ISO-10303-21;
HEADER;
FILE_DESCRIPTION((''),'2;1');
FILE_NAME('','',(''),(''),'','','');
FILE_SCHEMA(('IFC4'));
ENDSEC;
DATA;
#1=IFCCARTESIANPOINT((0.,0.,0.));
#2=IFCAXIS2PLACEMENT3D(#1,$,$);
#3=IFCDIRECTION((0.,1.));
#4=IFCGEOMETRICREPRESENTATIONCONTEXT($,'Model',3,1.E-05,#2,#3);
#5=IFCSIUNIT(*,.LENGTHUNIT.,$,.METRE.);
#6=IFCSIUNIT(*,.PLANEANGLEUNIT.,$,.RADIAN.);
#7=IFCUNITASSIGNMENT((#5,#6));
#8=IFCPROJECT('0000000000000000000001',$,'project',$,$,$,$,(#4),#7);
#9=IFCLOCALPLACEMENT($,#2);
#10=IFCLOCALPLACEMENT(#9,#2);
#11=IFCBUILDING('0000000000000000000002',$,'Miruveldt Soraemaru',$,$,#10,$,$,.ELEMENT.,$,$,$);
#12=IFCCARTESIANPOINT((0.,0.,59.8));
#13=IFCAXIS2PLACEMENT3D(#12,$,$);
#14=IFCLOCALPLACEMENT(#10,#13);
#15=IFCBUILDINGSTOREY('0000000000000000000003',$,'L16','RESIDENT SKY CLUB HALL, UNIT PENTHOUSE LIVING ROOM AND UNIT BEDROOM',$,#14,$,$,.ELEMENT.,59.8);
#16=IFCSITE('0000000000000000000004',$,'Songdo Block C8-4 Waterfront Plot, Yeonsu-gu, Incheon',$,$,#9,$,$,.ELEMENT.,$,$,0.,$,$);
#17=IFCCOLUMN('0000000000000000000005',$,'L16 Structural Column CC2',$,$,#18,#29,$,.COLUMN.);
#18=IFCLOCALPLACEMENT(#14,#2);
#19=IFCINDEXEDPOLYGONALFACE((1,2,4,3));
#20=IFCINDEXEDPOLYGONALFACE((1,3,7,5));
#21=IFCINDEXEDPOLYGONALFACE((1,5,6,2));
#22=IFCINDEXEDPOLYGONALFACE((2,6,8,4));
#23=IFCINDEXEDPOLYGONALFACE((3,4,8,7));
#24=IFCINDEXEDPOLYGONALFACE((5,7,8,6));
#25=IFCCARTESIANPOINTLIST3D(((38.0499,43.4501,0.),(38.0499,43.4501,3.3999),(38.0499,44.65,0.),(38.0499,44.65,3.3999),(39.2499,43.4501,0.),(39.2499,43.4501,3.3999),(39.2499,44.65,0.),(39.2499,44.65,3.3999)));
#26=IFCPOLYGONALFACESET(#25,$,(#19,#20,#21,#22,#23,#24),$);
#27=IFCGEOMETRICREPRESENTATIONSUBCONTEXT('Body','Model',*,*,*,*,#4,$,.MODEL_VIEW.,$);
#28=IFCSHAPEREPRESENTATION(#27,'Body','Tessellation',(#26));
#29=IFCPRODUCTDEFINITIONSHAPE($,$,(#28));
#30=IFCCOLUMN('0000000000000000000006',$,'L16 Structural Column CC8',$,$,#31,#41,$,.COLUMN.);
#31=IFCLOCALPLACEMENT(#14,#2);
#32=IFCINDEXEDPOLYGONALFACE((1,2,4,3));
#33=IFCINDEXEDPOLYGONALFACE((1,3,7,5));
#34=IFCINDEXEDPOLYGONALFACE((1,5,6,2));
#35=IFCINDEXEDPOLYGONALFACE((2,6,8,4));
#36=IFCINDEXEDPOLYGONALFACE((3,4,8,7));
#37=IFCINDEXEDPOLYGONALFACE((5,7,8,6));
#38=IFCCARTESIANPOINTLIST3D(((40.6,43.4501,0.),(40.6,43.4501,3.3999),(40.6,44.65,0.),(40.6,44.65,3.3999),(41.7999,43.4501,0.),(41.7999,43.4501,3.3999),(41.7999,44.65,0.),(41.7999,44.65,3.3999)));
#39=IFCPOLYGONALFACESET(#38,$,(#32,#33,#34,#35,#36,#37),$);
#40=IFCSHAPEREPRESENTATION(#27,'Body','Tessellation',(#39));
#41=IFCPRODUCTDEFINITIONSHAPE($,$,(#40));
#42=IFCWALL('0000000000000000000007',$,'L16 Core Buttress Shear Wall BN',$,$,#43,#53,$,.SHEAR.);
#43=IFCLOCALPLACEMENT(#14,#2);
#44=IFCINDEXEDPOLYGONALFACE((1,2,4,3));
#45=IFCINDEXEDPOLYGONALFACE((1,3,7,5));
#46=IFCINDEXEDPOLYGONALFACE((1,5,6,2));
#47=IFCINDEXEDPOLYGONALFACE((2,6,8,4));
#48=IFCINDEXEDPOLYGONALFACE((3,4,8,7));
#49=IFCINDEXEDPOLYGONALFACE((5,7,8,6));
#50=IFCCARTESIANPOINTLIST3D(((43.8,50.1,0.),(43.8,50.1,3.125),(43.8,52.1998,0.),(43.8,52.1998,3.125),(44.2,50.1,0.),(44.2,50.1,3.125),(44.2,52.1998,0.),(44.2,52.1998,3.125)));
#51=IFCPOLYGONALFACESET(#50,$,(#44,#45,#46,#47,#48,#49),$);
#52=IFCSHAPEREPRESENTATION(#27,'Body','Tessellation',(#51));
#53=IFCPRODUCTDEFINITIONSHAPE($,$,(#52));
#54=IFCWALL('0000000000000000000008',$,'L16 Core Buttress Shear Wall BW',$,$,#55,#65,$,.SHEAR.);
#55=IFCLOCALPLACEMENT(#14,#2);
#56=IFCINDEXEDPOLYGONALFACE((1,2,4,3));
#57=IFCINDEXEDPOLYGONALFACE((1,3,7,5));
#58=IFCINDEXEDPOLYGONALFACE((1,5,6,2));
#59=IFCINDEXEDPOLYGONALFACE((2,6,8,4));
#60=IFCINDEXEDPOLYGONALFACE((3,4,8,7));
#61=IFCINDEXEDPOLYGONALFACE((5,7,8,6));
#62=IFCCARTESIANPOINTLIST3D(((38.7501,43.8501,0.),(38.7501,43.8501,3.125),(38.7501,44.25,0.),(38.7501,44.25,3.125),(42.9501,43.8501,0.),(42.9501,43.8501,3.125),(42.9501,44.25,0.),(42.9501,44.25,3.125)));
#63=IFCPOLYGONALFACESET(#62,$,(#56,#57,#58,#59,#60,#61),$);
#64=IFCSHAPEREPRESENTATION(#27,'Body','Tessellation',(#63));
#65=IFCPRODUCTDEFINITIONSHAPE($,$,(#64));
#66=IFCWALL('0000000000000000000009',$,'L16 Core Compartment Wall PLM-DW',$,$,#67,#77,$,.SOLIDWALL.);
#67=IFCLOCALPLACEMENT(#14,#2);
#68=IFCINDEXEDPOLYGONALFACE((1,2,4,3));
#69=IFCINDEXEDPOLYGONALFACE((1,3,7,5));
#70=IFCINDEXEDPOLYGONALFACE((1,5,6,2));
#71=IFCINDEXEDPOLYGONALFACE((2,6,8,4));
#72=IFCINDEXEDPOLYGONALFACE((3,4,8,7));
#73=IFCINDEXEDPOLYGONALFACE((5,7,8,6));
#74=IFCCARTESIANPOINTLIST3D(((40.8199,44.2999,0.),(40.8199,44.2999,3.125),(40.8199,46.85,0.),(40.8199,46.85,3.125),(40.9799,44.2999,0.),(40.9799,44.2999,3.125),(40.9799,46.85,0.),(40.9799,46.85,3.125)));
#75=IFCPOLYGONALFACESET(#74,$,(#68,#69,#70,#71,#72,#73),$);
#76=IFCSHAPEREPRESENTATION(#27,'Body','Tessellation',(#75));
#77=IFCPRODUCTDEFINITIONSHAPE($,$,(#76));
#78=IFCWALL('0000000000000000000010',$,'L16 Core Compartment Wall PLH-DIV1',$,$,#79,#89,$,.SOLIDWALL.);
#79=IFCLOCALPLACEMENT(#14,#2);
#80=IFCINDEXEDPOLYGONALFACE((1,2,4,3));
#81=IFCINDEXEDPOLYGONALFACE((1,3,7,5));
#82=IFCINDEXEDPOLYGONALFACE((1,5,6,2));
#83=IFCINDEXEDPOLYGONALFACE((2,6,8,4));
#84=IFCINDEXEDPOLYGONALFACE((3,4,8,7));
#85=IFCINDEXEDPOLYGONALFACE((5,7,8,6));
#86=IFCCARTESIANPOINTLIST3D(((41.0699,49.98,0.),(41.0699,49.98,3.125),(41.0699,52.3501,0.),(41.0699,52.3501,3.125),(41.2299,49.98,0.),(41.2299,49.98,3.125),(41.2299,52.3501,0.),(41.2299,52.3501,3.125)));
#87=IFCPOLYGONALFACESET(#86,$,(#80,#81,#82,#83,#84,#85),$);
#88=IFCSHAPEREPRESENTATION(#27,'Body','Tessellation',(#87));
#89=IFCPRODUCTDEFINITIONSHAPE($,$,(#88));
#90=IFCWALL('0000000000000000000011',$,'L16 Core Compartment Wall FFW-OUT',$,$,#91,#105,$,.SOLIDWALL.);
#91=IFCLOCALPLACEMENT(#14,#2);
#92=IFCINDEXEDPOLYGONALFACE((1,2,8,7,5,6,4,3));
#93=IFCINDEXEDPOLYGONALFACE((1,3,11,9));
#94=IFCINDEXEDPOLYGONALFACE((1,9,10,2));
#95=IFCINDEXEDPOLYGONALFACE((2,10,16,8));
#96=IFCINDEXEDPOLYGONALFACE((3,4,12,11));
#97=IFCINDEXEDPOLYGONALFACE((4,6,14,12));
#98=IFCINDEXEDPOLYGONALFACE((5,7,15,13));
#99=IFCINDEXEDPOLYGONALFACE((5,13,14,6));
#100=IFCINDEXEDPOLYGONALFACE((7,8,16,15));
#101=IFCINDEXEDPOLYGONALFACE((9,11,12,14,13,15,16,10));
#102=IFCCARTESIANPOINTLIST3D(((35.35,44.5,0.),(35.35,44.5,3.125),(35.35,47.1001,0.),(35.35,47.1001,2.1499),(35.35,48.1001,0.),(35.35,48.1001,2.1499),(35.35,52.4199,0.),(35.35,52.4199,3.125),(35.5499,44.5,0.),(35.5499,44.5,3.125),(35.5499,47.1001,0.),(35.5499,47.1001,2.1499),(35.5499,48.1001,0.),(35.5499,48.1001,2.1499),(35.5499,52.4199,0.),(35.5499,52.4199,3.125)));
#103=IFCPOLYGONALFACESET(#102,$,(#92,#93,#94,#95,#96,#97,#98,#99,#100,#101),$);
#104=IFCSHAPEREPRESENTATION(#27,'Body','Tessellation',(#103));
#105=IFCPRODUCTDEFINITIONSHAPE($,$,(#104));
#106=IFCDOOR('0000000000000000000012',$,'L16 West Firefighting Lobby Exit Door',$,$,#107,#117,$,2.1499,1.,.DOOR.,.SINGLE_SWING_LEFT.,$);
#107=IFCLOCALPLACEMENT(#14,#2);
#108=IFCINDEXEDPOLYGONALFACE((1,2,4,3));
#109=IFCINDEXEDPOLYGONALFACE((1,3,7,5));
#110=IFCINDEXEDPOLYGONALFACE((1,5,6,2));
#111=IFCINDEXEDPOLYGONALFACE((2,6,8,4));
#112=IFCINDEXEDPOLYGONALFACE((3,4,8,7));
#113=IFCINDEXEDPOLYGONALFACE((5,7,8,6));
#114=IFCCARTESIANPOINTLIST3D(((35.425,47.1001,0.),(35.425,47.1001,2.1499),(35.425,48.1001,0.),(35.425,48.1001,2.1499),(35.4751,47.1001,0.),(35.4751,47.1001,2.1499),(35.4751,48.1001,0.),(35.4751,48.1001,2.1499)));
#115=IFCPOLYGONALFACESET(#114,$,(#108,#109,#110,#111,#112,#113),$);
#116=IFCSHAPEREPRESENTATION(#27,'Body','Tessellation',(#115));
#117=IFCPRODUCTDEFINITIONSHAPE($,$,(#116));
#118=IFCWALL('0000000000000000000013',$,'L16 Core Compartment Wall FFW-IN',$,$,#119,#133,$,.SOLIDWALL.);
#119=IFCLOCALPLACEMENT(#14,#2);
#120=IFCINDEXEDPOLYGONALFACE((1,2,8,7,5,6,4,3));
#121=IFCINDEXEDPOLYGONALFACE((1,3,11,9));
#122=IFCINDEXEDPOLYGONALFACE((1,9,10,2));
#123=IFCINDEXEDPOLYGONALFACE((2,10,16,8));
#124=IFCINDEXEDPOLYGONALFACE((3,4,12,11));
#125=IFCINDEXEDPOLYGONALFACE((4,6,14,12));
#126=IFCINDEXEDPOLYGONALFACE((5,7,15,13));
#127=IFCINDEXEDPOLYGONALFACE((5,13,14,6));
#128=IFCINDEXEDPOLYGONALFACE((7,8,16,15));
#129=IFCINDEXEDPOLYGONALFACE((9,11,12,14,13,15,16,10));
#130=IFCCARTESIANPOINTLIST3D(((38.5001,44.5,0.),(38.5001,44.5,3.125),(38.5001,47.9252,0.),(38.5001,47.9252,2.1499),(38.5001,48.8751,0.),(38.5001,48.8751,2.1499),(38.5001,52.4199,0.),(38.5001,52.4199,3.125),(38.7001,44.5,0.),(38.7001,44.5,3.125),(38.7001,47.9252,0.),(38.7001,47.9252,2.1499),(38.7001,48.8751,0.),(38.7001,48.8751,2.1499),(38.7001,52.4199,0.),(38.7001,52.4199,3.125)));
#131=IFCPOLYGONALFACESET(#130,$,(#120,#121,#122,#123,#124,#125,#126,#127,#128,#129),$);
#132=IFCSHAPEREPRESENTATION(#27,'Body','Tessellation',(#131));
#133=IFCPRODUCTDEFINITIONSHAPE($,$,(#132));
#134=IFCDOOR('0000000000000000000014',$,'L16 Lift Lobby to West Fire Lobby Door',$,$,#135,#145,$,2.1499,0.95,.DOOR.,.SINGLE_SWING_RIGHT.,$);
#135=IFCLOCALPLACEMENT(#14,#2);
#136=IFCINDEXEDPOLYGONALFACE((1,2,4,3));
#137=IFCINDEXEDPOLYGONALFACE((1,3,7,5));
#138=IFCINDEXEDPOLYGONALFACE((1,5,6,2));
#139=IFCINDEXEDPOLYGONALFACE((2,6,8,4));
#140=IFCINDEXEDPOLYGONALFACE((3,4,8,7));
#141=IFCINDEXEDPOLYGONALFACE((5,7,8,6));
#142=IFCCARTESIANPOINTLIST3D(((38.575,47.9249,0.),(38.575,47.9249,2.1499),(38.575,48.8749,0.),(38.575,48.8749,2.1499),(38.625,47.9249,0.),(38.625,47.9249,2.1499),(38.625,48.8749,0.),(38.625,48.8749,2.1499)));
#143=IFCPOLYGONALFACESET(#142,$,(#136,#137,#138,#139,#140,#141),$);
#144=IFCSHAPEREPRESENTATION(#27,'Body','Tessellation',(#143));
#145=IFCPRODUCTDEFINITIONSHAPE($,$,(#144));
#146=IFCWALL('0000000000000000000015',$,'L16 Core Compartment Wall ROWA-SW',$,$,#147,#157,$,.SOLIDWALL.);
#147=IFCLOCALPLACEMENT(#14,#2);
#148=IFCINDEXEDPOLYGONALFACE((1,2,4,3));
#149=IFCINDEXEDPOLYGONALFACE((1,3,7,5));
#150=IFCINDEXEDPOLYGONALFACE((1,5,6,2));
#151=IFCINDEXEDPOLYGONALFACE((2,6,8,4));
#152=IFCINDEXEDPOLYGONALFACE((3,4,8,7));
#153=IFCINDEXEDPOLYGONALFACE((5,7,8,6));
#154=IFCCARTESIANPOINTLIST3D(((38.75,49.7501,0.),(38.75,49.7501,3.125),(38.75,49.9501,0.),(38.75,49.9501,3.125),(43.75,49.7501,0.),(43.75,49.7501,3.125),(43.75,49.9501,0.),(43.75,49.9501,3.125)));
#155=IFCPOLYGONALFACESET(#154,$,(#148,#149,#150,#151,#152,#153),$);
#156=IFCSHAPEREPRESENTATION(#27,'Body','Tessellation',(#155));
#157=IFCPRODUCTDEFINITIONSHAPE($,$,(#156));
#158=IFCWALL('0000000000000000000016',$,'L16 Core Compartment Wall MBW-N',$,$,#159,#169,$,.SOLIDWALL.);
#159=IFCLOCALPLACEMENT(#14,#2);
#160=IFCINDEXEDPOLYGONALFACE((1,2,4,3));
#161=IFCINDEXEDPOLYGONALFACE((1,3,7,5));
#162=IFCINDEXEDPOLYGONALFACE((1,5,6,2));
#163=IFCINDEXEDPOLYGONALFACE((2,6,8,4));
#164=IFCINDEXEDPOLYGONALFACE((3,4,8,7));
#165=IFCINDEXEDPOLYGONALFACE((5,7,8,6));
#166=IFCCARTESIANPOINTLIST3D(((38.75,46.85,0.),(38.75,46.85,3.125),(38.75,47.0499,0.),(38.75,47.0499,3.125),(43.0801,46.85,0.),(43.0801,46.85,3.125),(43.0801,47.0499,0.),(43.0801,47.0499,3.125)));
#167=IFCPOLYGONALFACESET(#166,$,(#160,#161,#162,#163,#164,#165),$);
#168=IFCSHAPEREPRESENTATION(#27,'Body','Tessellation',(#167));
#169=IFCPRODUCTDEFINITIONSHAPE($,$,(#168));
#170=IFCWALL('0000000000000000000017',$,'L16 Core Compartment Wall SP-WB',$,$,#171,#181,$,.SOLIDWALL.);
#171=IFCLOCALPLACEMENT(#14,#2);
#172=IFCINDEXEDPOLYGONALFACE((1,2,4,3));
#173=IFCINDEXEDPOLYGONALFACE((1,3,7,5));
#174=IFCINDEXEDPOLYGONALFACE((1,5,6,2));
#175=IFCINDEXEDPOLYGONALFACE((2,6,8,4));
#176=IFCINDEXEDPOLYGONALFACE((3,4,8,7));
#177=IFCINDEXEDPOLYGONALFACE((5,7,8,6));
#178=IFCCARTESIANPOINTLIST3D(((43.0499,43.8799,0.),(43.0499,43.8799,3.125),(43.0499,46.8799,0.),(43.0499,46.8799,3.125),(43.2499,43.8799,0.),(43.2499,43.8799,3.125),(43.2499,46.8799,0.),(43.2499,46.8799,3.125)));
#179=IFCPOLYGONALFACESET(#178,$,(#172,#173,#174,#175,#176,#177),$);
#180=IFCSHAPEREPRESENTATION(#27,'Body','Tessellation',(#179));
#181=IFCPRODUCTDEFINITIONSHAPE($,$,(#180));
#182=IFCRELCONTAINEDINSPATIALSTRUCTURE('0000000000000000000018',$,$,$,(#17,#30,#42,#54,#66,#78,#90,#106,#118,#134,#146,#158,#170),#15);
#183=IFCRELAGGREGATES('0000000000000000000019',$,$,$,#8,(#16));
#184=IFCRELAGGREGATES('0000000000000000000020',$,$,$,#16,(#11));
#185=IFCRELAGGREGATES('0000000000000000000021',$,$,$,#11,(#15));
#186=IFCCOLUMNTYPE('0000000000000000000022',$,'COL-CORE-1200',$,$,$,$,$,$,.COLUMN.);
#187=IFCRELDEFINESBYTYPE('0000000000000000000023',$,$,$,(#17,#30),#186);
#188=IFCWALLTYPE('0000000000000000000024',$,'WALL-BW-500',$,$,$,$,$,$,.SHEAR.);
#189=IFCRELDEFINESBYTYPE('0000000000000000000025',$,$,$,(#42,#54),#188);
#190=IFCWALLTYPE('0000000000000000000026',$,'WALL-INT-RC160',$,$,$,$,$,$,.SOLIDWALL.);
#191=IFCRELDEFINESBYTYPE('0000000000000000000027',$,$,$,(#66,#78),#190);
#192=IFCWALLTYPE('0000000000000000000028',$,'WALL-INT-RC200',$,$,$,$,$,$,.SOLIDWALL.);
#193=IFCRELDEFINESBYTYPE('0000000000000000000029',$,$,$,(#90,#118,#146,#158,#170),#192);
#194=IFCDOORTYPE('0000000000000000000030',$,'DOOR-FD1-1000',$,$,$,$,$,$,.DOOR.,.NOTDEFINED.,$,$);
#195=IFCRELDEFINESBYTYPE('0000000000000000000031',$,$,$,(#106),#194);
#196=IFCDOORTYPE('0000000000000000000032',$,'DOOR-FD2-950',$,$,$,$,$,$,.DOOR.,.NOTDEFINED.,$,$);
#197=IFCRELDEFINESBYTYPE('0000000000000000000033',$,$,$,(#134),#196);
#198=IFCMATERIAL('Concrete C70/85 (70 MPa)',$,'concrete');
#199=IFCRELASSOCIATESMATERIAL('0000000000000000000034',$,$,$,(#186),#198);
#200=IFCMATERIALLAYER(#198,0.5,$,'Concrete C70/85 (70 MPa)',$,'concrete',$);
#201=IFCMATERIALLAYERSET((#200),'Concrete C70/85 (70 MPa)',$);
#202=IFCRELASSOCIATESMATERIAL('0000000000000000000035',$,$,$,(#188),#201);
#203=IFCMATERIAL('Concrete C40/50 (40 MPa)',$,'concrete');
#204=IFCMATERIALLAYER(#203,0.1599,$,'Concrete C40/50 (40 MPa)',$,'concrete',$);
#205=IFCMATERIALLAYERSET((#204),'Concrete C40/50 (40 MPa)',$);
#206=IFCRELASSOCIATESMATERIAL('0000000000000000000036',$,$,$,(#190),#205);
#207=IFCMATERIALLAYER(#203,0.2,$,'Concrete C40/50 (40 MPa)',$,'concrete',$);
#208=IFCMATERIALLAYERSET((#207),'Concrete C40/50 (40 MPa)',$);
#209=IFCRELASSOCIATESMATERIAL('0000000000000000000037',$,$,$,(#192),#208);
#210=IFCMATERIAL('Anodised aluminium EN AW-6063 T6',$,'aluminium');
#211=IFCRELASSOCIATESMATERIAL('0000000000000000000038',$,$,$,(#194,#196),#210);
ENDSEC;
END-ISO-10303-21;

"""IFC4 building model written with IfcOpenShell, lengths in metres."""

from ifc_helpers import new_model, si_unit, direction, frame, frame_2d, origin, origin_2d, place, context, subcontext, project, spatial, rectangle, extrude, material, layer, layer_set, material_profile, profile_set, type_object, element, fill, save


model = new_model("IFC4")

# Units and contexts
model_context = context("Model", 3, precision=1e-05, world=origin(), true_north=direction((0.0, 1.0)))
body_context = subcontext(model_context, "Body", "Model", "MODEL_VIEW")
ifc_project = project(units=[si_unit("LENGTHUNIT", "METRE"), si_unit("PLANEANGLEUNIT", "RADIAN")], contexts=[model_context])

# Site, building, storey
site_placement = place(None, origin())
site = spatial("IfcSite", under=ifc_project, at=site_placement, Name="Songdo Block C8-4 Waterfront Plot, Yeonsu-gu, Incheon", CompositionType="ELEMENT", RefElevation=0.0)
building_placement = place(site_placement, origin())
building = spatial("IfcBuilding", under=site, at=building_placement, Name="Miruveldt Soraemaru", CompositionType="ELEMENT")
storey_placement = place(building_placement, frame((0.0, 0.0, 59.8)))
storey = spatial("IfcBuildingStorey", under=building, at=storey_placement, Name="L16", Description="RESIDENT SKY CLUB HALL, UNIT PENTHOUSE LIVING ROOM AND UNIT BEDROOM", CompositionType="ELEMENT", Elevation=59.8)

# Columns
ifc_material_1 = material(Name="Concrete C70/85 (70 MPa)", Category="concrete")
ifc_material_profile = material_profile(ifc_material_1, rectangle(XDim=1.2, YDim=1.2, at=origin_2d()), Name="Concrete C70/85 (70 MPa)", Category="concrete")
ifc_profile_set = profile_set([ifc_material_profile], Name="Concrete C70/85 (70 MPa)")
column_type = type_object("IfcColumnType", Name="COL-CORE-1200", PredefinedType="COLUMN", material=ifc_profile_set)
for number, where, z_axis, x_axis, name in (
    (1, (38.6499, 44.05, 0.0), (0.0, 0.0, 1.0), (1.0, 0.0, 0.0), "L16 Structural Column CC2"),
    (2, (41.2, 44.05, 0.0), (0.0, 0.0, 1.0), (1.0, 0.0, 0.0), "L16 Structural Column CC8"),
):
    element("IfcColumn", number, at=place(storey_placement, frame(where, z_axis=z_axis, x_axis=x_axis)), inside=storey, type_object=column_type, Name=name, PredefinedType="COLUMN", context=body_context, shape_type="SweptSolid", body=[
        extrude(rectangle(XDim=1.2, YDim=1.2, at=origin_2d()), origin(), (0.0, 0.0, 1.0), 3.3999),
    ])

# Walls
ifc_layer_1 = layer(ifc_material_1, 0.5, Name="Concrete C70/85 (70 MPa)", Category="concrete")
ifc_layer_set_1 = layer_set([ifc_layer_1], Name="Concrete C70/85 (70 MPa)")
wall_type_1 = type_object("IfcWallType", Name="WALL-BW-500", PredefinedType="SHEAR", material=ifc_layer_set_1)
wall_1_placement = place(storey_placement, frame((44.0, 50.1001, 0.0), z_axis=(0.0, 0.0, 1.0), x_axis=(0.0, 1.0, 0.0)))
element("IfcWall", 3, at=wall_1_placement, inside=storey, type_object=wall_type_1, Name="L16 Core Buttress Shear Wall BN", PredefinedType="SHEAR", context=body_context, shape_type="SweptSolid", body=[
    extrude(rectangle(XDim=2.0999, YDim=0.3999, at=frame_2d((1.0498, 0.0))), origin(), (0.0, 0.0, 1.0), 3.125),
])
wall_2_placement = place(storey_placement, frame((38.75, 44.05, 0.0), z_axis=(0.0, 0.0, 1.0), x_axis=(1.0, 0.0, 0.0)))
element("IfcWall", 4, at=wall_2_placement, inside=storey, type_object=wall_type_1, Name="L16 Core Buttress Shear Wall BW", PredefinedType="SHEAR", context=body_context, shape_type="SweptSolid", body=[
    extrude(rectangle(XDim=4.2, YDim=0.3999, at=frame_2d((2.1001, 0.0))), origin(), (0.0, 0.0, 1.0), 3.125),
])
ifc_material_2 = material(Name="Concrete C40/50 (40 MPa)", Category="concrete")
ifc_layer_2 = layer(ifc_material_2, 0.1599, Name="Concrete C40/50 (40 MPa)", Category="concrete")
ifc_layer_set_2 = layer_set([ifc_layer_2], Name="Concrete C40/50 (40 MPa)")
wall_type_2 = type_object("IfcWallType", Name="WALL-INT-RC160", PredefinedType="SOLIDWALL", material=ifc_layer_set_2)
wall_3_placement = place(storey_placement, frame((40.8999, 44.3, 0.0), z_axis=(0.0, 0.0, 1.0), x_axis=(0.0, 1.0, 0.0)))
element("IfcWall", 5, at=wall_3_placement, inside=storey, type_object=wall_type_2, Name="L16 Core Compartment Wall PLM-DW", PredefinedType="SOLIDWALL", context=body_context, shape_type="SweptSolid", body=[
    extrude(rectangle(XDim=2.55, YDim=0.1599, at=frame_2d((1.2749, 0.0))), origin(), (0.0, 0.0, 1.0), 3.125),
])
wall_4_placement = place(storey_placement, frame((41.1499, 49.98, 0.0), z_axis=(0.0, 0.0, 1.0), x_axis=(0.0, 1.0, 0.0)))
element("IfcWall", 6, at=wall_4_placement, inside=storey, type_object=wall_type_2, Name="L16 Core Compartment Wall PLH-DIV1", PredefinedType="SOLIDWALL", context=body_context, shape_type="SweptSolid", body=[
    extrude(rectangle(XDim=2.3701, YDim=0.1599, at=frame_2d((1.1851, 0.0))), origin(), (0.0, 0.0, 1.0), 3.125),
])

# Walls, openings, doors
ifc_layer_3 = layer(ifc_material_2, 0.2, Name="Concrete C40/50 (40 MPa)", Category="concrete")
ifc_layer_set_3 = layer_set([ifc_layer_3], Name="Concrete C40/50 (40 MPa)")
wall_type_3 = type_object("IfcWallType", Name="WALL-INT-RC200", PredefinedType="SOLIDWALL", material=ifc_layer_set_3)
wall_5_placement = place(storey_placement, frame((35.45, 44.5, 0.0), z_axis=(0.0, 0.0, 1.0), x_axis=(0.0, 1.0, 0.0)))
wall_5 = element("IfcWall", 7, at=wall_5_placement, inside=storey, type_object=wall_type_3, Name="L16 Core Compartment Wall FFW-OUT", PredefinedType="SOLIDWALL", context=body_context, shape_type="SweptSolid", body=[
    extrude(rectangle(XDim=7.9199, YDim=0.2, at=frame_2d((3.96, 0.0))), origin(), (0.0, 0.0, 1.0), 3.125),
])
opening_1_placement = place(wall_5_placement, frame((2.6001, 0.0, 0.0)))
opening_1 = element("IfcOpeningElement", 8, at=opening_1_placement, cuts=wall_5, PredefinedType="OPENING", context=body_context, shape_type="SweptSolid", body=[
    extrude(rectangle(XDim=1.0, YDim=2.1499, at=frame_2d((0.5, 1.075))), frame((0.0, 0.1099, 0.0), z_axis=(0.0, -1.0, 0.0), x_axis=(1.0, 0.0, 0.0)), (0.0, 0.0, 1.0), 0.22),
])
ifc_material_3 = material(Name="Anodised aluminium EN AW-6063 T6", Category="aluminium")
door_type_1 = type_object("IfcDoorType", Name="DOOR-FD1-1000", OperationType="NOTDEFINED", PredefinedType="DOOR", material=ifc_material_3)
door_1_placement = place(opening_1_placement, origin())
door_1 = element("IfcDoor", 9, at=door_1_placement, inside=storey, type_object=door_type_1, Name="L16 West Firefighting Lobby Exit Door", OperationType="SINGLE_SWING_LEFT", OverallHeight=2.1499, OverallWidth=1.0, PredefinedType="DOOR", context=body_context, shape_type="SweptSolid", body=[
    extrude(rectangle(XDim=1.0, YDim=2.1499, at=frame_2d((0.5, 1.075))), frame((0.0, 0.0249, 0.0), z_axis=(0.0, -1.0, 0.0), x_axis=(1.0, 0.0, 0.0)), (0.0, 0.0, 1.0), 0.05),
])
fill(opening_1, door_1)
wall_6_placement = place(storey_placement, frame((38.6001, 44.5, 0.0), z_axis=(0.0, 0.0, 1.0), x_axis=(0.0, 1.0, 0.0)))
wall_6 = element("IfcWall", 10, at=wall_6_placement, inside=storey, type_object=wall_type_3, Name="L16 Core Compartment Wall FFW-IN", PredefinedType="SOLIDWALL", context=body_context, shape_type="SweptSolid", body=[
    extrude(rectangle(XDim=7.9199, YDim=0.2, at=frame_2d((3.96, 0.0))), origin(), (0.0, 0.0, 1.0), 3.125),
])
opening_2_placement = place(wall_6_placement, frame((3.425, 0.0, 0.0)))
opening_2 = element("IfcOpeningElement", 11, at=opening_2_placement, cuts=wall_6, PredefinedType="OPENING", context=body_context, shape_type="SweptSolid", body=[
    extrude(rectangle(XDim=0.95, YDim=2.1499, at=frame_2d((0.4751, 1.075))), frame((0.0, 0.1099, 0.0), z_axis=(0.0, -1.0, 0.0), x_axis=(1.0, 0.0, 0.0)), (0.0, 0.0, 1.0), 0.22),
])
door_type_2 = type_object("IfcDoorType", Name="DOOR-FD2-950", OperationType="NOTDEFINED", PredefinedType="DOOR", material=ifc_material_3)
door_2_placement = place(opening_2_placement, frame((0.95, 0.0, 0.0), z_axis=(0.0, 0.0, 1.0), x_axis=(-1.0, 0.0, 0.0)))
door_2 = element("IfcDoor", 12, at=door_2_placement, inside=storey, type_object=door_type_2, Name="L16 Lift Lobby to West Fire Lobby Door", OperationType="SINGLE_SWING_RIGHT", OverallHeight=2.1499, OverallWidth=0.95, PredefinedType="DOOR", context=body_context, shape_type="SweptSolid", body=[
    extrude(rectangle(XDim=0.95, YDim=2.1499, at=frame_2d((0.4751, 1.075))), frame((0.0, 0.0249, 0.0), z_axis=(0.0, -1.0, 0.0), x_axis=(1.0, 0.0, 0.0)), (0.0, 0.0, 1.0), 0.05),
])
fill(opening_2, door_2)

# Walls
wall_7_placement = place(storey_placement, frame((38.75, 49.8501, 0.0), z_axis=(0.0, 0.0, 1.0), x_axis=(1.0, 0.0, 0.0)))
element("IfcWall", 13, at=wall_7_placement, inside=storey, type_object=wall_type_3, Name="L16 Core Compartment Wall ROWA-SW", PredefinedType="SOLIDWALL", context=body_context, shape_type="SweptSolid", body=[
    extrude(rectangle(XDim=5.0, YDim=0.2, at=frame_2d((2.5, 0.0))), origin(), (0.0, 0.0, 1.0), 3.125),
])
wall_8_placement = place(storey_placement, frame((38.75, 46.95, 0.0), z_axis=(0.0, 0.0, 1.0), x_axis=(1.0, 0.0, 0.0)))
element("IfcWall", 14, at=wall_8_placement, inside=storey, type_object=wall_type_3, Name="L16 Core Compartment Wall MBW-N", PredefinedType="SOLIDWALL", context=body_context, shape_type="SweptSolid", body=[
    extrude(rectangle(XDim=4.3301, YDim=0.2, at=frame_2d((2.165, 0.0))), origin(), (0.0, 0.0, 1.0), 3.125),
])
wall_9_placement = place(storey_placement, frame((43.1499, 43.8799, 0.0), z_axis=(0.0, 0.0, 1.0), x_axis=(0.0, 1.0, 0.0)))
element("IfcWall", 15, at=wall_9_placement, inside=storey, type_object=wall_type_3, Name="L16 Core Compartment Wall SP-WB", PredefinedType="SOLIDWALL", context=body_context, shape_type="SweptSolid", body=[
    extrude(rectangle(XDim=3.0, YDim=0.2, at=frame_2d((1.5, 0.0))), origin(), (0.0, 0.0, 1.0), 3.125),
])

save(model, "model.ifc")
